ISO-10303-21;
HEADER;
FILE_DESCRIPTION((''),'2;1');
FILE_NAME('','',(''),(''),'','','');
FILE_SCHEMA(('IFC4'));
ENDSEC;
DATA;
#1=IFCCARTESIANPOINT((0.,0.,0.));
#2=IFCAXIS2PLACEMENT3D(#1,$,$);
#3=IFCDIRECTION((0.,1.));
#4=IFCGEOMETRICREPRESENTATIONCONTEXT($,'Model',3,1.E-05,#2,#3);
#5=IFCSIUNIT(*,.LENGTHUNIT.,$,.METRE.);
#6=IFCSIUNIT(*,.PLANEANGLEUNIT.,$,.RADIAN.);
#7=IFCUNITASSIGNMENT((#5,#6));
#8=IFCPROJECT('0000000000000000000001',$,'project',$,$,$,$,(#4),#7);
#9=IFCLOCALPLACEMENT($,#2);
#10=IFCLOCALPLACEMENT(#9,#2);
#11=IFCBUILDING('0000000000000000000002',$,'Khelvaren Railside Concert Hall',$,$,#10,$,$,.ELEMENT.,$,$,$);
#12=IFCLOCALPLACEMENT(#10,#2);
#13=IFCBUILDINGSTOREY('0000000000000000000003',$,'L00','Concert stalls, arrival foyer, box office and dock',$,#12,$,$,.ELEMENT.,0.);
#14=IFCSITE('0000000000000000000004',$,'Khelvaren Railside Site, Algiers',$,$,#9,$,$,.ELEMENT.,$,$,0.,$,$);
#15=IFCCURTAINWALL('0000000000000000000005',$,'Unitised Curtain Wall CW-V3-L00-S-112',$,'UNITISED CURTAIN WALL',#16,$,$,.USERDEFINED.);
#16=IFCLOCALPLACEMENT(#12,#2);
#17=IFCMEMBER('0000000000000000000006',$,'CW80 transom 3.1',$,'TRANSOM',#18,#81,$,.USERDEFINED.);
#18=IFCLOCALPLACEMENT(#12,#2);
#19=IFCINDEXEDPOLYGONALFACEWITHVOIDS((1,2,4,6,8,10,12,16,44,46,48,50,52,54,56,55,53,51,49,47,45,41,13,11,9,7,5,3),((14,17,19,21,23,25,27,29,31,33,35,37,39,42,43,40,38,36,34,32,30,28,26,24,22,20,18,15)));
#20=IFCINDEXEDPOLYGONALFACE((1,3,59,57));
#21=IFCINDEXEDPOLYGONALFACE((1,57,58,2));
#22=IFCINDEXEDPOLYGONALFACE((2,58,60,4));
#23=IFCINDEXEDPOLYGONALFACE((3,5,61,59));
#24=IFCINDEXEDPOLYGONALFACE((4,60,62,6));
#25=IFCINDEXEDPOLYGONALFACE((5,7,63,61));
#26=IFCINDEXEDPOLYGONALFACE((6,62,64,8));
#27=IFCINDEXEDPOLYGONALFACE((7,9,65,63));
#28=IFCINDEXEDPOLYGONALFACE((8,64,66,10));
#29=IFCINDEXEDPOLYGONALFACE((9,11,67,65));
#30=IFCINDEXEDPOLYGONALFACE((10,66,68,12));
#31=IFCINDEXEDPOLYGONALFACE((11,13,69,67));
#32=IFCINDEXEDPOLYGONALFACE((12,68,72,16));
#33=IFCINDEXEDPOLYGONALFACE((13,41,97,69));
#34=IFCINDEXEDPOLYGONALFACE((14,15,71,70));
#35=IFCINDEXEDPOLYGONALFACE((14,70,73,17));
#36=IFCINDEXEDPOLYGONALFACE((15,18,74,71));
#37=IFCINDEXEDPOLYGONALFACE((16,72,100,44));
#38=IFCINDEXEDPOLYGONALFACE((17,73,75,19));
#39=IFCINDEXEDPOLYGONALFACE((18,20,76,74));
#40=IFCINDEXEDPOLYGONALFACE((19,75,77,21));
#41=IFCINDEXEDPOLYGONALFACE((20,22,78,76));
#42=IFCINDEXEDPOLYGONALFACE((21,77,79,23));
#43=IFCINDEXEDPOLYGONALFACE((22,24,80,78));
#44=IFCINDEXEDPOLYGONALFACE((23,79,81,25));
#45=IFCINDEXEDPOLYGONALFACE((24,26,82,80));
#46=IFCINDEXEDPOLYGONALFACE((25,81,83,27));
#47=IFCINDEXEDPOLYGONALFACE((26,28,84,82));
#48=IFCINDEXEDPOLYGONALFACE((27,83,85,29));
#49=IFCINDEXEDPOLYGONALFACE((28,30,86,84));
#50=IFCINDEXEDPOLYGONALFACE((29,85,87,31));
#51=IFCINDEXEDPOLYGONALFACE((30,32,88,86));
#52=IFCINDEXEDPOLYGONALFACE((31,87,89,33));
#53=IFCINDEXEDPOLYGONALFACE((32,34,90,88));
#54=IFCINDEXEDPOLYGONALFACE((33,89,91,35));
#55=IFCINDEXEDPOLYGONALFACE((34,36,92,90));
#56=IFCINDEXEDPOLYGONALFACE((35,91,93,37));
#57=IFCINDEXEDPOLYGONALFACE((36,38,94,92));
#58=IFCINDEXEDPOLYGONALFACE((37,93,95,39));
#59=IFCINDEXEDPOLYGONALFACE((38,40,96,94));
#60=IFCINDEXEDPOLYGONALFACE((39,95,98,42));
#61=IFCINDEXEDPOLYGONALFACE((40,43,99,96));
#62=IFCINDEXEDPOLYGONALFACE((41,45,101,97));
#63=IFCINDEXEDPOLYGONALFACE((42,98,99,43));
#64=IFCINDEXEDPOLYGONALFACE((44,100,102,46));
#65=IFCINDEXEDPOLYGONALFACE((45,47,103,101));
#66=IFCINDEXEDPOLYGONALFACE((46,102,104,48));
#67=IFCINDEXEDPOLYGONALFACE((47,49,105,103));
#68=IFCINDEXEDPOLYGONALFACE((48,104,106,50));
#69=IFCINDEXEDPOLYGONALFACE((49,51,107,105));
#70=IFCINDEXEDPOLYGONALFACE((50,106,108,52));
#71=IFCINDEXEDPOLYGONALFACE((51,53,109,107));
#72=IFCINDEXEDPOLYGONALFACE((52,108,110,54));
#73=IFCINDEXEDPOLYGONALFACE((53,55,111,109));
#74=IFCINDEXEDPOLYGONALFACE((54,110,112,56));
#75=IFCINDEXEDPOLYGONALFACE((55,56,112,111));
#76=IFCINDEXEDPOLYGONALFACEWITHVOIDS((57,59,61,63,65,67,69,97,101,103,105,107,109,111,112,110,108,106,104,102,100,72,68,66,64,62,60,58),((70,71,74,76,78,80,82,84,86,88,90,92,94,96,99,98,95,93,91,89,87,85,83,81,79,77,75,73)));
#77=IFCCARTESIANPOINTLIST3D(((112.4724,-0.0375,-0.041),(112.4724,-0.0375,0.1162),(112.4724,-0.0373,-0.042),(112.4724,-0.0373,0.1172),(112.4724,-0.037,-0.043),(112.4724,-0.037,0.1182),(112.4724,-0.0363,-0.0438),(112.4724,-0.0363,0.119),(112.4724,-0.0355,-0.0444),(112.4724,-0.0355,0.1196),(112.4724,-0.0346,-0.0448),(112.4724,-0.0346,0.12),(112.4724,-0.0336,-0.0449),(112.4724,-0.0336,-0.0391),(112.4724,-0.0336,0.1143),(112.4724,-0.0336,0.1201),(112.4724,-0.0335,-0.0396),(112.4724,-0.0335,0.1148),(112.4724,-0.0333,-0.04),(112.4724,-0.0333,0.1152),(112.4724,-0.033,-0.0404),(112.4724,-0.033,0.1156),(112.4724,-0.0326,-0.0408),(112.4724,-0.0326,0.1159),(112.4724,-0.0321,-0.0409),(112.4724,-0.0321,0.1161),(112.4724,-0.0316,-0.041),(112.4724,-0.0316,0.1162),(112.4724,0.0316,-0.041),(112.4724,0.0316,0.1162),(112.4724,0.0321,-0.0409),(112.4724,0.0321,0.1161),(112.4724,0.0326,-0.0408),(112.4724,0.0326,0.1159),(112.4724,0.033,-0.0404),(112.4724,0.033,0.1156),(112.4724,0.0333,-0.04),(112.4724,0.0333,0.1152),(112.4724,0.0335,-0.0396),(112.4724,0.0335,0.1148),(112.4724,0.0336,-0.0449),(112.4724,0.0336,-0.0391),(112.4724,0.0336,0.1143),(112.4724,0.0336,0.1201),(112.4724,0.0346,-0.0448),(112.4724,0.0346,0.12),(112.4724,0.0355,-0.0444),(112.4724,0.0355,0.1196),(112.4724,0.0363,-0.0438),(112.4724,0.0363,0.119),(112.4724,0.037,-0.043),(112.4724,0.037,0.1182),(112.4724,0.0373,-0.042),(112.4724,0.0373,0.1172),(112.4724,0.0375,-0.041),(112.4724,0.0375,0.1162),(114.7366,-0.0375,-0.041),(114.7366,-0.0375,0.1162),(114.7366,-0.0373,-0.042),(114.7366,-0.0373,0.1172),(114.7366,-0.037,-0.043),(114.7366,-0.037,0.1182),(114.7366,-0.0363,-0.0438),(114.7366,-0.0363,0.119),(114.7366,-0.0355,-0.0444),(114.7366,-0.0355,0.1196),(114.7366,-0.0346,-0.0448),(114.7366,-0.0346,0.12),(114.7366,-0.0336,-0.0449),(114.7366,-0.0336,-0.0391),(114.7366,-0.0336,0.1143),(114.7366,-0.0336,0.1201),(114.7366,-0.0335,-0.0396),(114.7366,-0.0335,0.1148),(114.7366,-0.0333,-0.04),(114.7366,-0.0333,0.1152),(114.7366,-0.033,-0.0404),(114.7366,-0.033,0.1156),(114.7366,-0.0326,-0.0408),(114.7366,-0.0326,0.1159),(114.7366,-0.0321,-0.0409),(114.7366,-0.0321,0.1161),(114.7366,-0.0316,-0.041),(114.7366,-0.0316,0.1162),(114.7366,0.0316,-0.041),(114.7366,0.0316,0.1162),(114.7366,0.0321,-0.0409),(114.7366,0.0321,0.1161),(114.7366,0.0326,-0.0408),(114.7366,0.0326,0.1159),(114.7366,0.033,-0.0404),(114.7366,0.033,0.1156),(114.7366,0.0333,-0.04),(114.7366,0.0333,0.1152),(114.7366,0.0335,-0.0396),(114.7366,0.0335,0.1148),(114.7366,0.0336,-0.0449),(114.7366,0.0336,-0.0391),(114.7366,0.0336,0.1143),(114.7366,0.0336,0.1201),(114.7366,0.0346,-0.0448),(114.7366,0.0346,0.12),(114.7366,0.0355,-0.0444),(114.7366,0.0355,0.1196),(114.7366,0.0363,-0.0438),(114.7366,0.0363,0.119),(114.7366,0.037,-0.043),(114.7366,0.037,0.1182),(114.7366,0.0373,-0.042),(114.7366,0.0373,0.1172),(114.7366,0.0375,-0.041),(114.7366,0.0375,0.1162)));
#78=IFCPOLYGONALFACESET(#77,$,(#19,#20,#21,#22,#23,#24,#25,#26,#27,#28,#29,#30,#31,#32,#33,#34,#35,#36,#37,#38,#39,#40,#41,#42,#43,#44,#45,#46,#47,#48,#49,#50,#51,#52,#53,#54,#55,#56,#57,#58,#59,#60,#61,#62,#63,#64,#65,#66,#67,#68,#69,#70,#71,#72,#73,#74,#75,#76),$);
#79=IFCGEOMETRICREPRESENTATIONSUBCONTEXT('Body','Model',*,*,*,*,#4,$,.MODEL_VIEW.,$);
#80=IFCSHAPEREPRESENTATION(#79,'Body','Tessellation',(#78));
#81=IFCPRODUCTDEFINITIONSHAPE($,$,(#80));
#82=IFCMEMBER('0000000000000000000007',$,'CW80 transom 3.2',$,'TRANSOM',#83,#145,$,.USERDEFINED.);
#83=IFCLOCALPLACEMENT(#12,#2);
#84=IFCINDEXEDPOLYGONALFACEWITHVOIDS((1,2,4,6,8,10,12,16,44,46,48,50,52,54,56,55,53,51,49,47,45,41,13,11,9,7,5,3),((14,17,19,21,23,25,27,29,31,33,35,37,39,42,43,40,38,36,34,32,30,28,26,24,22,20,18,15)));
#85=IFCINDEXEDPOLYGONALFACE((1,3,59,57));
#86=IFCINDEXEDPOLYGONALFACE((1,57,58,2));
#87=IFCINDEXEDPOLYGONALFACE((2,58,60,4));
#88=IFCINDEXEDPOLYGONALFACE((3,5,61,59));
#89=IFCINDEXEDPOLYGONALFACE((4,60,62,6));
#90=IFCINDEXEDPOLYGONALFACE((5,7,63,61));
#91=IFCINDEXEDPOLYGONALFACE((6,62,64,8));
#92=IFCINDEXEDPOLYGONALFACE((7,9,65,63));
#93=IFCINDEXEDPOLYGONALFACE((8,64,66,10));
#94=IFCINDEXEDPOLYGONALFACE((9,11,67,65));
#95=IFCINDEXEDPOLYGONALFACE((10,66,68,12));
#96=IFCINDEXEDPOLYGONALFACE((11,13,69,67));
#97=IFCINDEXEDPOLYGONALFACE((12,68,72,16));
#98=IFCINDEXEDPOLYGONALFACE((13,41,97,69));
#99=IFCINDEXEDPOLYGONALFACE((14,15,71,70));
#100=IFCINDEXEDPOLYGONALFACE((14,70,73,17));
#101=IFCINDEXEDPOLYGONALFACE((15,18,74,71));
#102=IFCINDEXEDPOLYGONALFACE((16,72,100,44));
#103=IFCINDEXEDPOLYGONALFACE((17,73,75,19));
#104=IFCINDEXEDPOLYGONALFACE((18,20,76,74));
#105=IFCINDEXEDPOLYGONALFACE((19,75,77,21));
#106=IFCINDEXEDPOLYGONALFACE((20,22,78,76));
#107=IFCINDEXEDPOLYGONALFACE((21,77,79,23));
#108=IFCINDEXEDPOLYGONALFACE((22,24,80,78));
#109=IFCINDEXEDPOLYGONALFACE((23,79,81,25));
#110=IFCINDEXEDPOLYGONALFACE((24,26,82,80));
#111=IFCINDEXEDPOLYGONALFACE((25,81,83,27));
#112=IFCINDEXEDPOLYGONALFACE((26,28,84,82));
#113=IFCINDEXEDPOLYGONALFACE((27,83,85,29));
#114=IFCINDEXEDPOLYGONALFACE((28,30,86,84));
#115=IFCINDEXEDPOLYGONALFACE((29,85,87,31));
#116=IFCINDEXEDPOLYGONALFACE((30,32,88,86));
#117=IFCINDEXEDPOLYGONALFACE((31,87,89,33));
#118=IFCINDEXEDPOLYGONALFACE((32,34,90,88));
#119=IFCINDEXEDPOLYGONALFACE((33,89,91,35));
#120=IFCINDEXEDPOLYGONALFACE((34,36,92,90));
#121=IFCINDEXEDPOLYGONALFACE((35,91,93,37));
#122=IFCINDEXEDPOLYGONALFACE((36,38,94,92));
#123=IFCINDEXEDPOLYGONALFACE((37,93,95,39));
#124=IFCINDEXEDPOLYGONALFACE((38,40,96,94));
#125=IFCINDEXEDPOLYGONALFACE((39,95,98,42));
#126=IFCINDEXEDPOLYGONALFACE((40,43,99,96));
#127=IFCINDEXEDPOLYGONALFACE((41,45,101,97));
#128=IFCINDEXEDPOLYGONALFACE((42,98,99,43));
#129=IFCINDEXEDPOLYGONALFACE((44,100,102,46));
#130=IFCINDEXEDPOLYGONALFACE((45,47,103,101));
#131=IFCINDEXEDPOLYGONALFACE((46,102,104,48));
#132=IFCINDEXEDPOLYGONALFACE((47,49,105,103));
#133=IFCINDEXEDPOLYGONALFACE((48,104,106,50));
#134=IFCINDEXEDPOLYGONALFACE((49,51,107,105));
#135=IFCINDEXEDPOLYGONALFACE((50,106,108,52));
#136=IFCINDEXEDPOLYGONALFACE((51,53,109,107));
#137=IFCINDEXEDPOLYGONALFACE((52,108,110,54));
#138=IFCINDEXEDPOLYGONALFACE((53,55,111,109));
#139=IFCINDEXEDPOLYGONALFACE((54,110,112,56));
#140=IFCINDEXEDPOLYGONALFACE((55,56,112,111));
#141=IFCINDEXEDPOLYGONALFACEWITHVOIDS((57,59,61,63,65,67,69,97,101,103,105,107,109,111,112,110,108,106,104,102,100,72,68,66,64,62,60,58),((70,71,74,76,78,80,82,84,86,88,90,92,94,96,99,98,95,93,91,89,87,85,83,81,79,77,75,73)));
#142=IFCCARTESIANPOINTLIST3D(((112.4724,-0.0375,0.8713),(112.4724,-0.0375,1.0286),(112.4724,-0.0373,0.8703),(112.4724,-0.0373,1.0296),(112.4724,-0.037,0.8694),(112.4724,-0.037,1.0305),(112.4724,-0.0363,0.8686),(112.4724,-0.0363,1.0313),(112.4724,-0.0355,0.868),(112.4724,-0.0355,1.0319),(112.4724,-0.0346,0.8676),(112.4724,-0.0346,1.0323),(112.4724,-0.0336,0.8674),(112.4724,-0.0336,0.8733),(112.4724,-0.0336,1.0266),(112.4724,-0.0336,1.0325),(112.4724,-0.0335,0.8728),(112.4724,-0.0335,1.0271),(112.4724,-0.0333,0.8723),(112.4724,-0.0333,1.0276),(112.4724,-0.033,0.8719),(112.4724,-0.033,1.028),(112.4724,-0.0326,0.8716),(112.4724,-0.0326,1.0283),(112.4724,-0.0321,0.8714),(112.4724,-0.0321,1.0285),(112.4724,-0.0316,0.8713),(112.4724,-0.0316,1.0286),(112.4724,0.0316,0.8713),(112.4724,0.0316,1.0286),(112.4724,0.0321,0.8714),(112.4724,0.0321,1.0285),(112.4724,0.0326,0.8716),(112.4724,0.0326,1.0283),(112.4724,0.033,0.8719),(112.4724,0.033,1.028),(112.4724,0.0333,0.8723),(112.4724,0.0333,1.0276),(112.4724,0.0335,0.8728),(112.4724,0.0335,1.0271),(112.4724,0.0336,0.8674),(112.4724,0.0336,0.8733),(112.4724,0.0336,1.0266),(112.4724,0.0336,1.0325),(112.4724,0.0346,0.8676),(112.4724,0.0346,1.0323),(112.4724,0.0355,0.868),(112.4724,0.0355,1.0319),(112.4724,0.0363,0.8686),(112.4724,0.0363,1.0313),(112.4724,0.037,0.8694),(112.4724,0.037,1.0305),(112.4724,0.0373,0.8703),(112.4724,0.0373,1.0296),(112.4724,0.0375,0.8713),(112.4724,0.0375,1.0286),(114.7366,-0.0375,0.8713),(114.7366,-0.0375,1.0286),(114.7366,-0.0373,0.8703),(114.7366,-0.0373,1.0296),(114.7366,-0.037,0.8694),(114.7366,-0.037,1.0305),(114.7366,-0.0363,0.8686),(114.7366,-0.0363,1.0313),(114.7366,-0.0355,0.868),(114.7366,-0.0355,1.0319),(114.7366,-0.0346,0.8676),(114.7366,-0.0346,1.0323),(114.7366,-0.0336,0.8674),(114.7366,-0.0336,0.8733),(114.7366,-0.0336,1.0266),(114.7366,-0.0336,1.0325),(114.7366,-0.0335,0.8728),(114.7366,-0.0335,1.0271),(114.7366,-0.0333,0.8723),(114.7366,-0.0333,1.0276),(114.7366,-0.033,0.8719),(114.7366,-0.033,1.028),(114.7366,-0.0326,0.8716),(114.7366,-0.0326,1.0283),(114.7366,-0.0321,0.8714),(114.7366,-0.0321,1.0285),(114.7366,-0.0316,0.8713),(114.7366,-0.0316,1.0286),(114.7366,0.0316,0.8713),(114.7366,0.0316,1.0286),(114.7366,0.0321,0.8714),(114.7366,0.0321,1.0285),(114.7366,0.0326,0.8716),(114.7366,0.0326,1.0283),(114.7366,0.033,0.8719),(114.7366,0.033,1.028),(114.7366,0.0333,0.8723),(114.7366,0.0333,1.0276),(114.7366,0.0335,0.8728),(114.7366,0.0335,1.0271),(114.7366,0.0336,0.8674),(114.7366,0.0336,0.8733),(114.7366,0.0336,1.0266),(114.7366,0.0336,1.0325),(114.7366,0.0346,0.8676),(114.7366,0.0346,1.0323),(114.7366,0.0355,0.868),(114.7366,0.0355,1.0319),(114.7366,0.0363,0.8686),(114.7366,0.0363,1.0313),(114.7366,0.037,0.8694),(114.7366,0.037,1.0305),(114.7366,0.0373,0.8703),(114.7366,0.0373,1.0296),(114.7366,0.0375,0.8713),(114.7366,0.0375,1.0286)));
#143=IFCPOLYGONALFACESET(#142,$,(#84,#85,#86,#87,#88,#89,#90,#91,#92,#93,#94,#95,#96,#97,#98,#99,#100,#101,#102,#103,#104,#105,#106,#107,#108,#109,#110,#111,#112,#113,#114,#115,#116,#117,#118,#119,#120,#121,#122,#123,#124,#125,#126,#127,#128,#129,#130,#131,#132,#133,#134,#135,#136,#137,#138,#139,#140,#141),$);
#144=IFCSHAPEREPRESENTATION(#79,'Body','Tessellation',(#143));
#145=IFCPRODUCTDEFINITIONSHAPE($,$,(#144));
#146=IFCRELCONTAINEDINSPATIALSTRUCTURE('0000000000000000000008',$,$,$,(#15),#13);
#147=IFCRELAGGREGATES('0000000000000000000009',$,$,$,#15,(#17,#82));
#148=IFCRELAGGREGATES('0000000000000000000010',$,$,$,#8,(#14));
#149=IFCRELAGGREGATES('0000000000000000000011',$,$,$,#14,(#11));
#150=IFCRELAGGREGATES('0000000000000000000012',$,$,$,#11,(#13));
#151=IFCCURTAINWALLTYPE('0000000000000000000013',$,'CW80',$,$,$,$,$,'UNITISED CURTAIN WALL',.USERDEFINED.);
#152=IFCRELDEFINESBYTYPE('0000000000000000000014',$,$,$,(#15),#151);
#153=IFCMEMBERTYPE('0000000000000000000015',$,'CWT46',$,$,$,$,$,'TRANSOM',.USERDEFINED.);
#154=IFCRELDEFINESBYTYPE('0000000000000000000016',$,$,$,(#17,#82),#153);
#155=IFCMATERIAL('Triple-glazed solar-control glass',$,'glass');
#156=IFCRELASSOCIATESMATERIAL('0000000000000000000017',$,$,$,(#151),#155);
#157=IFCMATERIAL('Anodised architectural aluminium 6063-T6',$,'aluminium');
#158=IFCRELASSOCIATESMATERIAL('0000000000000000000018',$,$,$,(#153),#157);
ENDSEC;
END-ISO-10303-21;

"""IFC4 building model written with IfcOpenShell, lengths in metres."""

from ifc_helpers import new_model, si_unit, direction, frame, origin, origin_2d, place, context, subcontext, project, spatial, hollow_rectangle, extrude, material, material_profile, profile_set, type_object, element, aggregate, save


model = new_model("IFC4")

# Units and contexts
model_context = context("Model", 3, precision=1e-05, world=origin(), true_north=direction((0.0, 1.0)))
body_context = subcontext(model_context, "Body", "Model", "MODEL_VIEW")
ifc_project = project(units=[si_unit("LENGTHUNIT", "METRE"), si_unit("PLANEANGLEUNIT", "RADIAN")], contexts=[model_context])

# Site, building, storey
site_placement = place(None, origin())
site = spatial("IfcSite", under=ifc_project, at=site_placement, Name="Khelvaren Railside Site, Algiers", CompositionType="ELEMENT", RefElevation=0.0)
building_placement = place(site_placement, origin())
building = spatial("IfcBuilding", under=site, at=building_placement, Name="Khelvaren Railside Concert Hall", CompositionType="ELEMENT")
storey_placement = place(building_placement, origin())
storey = spatial("IfcBuildingStorey", under=building, at=storey_placement, Name="L00", Description="Concert stalls, arrival foyer, box office and dock", CompositionType="ELEMENT", Elevation=0.0)

# Curtain wall
ifc_material_1 = material(Name="Triple-glazed solar-control glass", Category="glass")
ifc_material_2 = material(Name="Anodised architectural aluminium 6063-T6", Category="aluminium")
curtain_wall_type_1 = type_object("IfcCurtainWallType", Name="CW80", ElementType="UNITISED CURTAIN WALL", PredefinedType="USERDEFINED", material=ifc_material_1)
curtain_wall_1_placement = place(storey_placement, origin())
curtain_wall_1 = element("IfcCurtainWall", 1, at=curtain_wall_1_placement, inside=storey, type_object=curtain_wall_type_1, Name="Unitised Curtain Wall CW-V3-L00-S-112", ObjectType="UNITISED CURTAIN WALL", PredefinedType="USERDEFINED")

# Members
ifc_material_profile_1 = material_profile(ifc_material_2, hollow_rectangle(XDim=0.075, YDim=0.165, WallThickness=0.0039, InnerFilletRadius=0.002, OuterFilletRadius=0.0039, at=origin_2d()), Name="CWT 75x165x4")
ifc_profile_set_1 = profile_set([ifc_material_profile_1], Name="Anodised architectural aluminium 6063-T6")
member_type_1 = type_object("IfcMemberType", Name="CWT46", ElementType="TRANSOM", PredefinedType="USERDEFINED", material=ifc_profile_set_1)
member_1_placement = place(storey_placement, frame((114.7366, 0.0, 0.0376), z_axis=(-1.0, 0.0, 0.0), x_axis=(0.0, -1.0, 0.0)))
member_1 = element("IfcMember", 2, at=member_1_placement, type_object=member_type_1, Name="CW80 transom 3.1", ObjectType="TRANSOM", PredefinedType="USERDEFINED", context=body_context, shape_type="SweptSolid", body=[
    extrude(hollow_rectangle(XDim=0.075, YDim=0.165, WallThickness=0.0039, InnerFilletRadius=0.002, OuterFilletRadius=0.0039, at=origin_2d()), origin(), (0.0, 0.0, 1.0), 2.2642),
])
member_2_placement = place(storey_placement, frame((114.7366, 0.0, 0.95), z_axis=(-1.0, 0.0, 0.0), x_axis=(0.0, -1.0, 0.0)))
member_2 = element("IfcMember", 3, at=member_2_placement, type_object=member_type_1, Name="CW80 transom 3.2", ObjectType="TRANSOM", PredefinedType="USERDEFINED", context=body_context, shape_type="SweptSolid", body=[
    extrude(hollow_rectangle(XDim=0.075, YDim=0.165, WallThickness=0.0039, InnerFilletRadius=0.002, OuterFilletRadius=0.0039, at=origin_2d()), origin(), (0.0, 0.0, 1.0), 2.2642),
])

aggregate(curtain_wall_1, [member_1, member_2])

save(model, "model.ifc")
